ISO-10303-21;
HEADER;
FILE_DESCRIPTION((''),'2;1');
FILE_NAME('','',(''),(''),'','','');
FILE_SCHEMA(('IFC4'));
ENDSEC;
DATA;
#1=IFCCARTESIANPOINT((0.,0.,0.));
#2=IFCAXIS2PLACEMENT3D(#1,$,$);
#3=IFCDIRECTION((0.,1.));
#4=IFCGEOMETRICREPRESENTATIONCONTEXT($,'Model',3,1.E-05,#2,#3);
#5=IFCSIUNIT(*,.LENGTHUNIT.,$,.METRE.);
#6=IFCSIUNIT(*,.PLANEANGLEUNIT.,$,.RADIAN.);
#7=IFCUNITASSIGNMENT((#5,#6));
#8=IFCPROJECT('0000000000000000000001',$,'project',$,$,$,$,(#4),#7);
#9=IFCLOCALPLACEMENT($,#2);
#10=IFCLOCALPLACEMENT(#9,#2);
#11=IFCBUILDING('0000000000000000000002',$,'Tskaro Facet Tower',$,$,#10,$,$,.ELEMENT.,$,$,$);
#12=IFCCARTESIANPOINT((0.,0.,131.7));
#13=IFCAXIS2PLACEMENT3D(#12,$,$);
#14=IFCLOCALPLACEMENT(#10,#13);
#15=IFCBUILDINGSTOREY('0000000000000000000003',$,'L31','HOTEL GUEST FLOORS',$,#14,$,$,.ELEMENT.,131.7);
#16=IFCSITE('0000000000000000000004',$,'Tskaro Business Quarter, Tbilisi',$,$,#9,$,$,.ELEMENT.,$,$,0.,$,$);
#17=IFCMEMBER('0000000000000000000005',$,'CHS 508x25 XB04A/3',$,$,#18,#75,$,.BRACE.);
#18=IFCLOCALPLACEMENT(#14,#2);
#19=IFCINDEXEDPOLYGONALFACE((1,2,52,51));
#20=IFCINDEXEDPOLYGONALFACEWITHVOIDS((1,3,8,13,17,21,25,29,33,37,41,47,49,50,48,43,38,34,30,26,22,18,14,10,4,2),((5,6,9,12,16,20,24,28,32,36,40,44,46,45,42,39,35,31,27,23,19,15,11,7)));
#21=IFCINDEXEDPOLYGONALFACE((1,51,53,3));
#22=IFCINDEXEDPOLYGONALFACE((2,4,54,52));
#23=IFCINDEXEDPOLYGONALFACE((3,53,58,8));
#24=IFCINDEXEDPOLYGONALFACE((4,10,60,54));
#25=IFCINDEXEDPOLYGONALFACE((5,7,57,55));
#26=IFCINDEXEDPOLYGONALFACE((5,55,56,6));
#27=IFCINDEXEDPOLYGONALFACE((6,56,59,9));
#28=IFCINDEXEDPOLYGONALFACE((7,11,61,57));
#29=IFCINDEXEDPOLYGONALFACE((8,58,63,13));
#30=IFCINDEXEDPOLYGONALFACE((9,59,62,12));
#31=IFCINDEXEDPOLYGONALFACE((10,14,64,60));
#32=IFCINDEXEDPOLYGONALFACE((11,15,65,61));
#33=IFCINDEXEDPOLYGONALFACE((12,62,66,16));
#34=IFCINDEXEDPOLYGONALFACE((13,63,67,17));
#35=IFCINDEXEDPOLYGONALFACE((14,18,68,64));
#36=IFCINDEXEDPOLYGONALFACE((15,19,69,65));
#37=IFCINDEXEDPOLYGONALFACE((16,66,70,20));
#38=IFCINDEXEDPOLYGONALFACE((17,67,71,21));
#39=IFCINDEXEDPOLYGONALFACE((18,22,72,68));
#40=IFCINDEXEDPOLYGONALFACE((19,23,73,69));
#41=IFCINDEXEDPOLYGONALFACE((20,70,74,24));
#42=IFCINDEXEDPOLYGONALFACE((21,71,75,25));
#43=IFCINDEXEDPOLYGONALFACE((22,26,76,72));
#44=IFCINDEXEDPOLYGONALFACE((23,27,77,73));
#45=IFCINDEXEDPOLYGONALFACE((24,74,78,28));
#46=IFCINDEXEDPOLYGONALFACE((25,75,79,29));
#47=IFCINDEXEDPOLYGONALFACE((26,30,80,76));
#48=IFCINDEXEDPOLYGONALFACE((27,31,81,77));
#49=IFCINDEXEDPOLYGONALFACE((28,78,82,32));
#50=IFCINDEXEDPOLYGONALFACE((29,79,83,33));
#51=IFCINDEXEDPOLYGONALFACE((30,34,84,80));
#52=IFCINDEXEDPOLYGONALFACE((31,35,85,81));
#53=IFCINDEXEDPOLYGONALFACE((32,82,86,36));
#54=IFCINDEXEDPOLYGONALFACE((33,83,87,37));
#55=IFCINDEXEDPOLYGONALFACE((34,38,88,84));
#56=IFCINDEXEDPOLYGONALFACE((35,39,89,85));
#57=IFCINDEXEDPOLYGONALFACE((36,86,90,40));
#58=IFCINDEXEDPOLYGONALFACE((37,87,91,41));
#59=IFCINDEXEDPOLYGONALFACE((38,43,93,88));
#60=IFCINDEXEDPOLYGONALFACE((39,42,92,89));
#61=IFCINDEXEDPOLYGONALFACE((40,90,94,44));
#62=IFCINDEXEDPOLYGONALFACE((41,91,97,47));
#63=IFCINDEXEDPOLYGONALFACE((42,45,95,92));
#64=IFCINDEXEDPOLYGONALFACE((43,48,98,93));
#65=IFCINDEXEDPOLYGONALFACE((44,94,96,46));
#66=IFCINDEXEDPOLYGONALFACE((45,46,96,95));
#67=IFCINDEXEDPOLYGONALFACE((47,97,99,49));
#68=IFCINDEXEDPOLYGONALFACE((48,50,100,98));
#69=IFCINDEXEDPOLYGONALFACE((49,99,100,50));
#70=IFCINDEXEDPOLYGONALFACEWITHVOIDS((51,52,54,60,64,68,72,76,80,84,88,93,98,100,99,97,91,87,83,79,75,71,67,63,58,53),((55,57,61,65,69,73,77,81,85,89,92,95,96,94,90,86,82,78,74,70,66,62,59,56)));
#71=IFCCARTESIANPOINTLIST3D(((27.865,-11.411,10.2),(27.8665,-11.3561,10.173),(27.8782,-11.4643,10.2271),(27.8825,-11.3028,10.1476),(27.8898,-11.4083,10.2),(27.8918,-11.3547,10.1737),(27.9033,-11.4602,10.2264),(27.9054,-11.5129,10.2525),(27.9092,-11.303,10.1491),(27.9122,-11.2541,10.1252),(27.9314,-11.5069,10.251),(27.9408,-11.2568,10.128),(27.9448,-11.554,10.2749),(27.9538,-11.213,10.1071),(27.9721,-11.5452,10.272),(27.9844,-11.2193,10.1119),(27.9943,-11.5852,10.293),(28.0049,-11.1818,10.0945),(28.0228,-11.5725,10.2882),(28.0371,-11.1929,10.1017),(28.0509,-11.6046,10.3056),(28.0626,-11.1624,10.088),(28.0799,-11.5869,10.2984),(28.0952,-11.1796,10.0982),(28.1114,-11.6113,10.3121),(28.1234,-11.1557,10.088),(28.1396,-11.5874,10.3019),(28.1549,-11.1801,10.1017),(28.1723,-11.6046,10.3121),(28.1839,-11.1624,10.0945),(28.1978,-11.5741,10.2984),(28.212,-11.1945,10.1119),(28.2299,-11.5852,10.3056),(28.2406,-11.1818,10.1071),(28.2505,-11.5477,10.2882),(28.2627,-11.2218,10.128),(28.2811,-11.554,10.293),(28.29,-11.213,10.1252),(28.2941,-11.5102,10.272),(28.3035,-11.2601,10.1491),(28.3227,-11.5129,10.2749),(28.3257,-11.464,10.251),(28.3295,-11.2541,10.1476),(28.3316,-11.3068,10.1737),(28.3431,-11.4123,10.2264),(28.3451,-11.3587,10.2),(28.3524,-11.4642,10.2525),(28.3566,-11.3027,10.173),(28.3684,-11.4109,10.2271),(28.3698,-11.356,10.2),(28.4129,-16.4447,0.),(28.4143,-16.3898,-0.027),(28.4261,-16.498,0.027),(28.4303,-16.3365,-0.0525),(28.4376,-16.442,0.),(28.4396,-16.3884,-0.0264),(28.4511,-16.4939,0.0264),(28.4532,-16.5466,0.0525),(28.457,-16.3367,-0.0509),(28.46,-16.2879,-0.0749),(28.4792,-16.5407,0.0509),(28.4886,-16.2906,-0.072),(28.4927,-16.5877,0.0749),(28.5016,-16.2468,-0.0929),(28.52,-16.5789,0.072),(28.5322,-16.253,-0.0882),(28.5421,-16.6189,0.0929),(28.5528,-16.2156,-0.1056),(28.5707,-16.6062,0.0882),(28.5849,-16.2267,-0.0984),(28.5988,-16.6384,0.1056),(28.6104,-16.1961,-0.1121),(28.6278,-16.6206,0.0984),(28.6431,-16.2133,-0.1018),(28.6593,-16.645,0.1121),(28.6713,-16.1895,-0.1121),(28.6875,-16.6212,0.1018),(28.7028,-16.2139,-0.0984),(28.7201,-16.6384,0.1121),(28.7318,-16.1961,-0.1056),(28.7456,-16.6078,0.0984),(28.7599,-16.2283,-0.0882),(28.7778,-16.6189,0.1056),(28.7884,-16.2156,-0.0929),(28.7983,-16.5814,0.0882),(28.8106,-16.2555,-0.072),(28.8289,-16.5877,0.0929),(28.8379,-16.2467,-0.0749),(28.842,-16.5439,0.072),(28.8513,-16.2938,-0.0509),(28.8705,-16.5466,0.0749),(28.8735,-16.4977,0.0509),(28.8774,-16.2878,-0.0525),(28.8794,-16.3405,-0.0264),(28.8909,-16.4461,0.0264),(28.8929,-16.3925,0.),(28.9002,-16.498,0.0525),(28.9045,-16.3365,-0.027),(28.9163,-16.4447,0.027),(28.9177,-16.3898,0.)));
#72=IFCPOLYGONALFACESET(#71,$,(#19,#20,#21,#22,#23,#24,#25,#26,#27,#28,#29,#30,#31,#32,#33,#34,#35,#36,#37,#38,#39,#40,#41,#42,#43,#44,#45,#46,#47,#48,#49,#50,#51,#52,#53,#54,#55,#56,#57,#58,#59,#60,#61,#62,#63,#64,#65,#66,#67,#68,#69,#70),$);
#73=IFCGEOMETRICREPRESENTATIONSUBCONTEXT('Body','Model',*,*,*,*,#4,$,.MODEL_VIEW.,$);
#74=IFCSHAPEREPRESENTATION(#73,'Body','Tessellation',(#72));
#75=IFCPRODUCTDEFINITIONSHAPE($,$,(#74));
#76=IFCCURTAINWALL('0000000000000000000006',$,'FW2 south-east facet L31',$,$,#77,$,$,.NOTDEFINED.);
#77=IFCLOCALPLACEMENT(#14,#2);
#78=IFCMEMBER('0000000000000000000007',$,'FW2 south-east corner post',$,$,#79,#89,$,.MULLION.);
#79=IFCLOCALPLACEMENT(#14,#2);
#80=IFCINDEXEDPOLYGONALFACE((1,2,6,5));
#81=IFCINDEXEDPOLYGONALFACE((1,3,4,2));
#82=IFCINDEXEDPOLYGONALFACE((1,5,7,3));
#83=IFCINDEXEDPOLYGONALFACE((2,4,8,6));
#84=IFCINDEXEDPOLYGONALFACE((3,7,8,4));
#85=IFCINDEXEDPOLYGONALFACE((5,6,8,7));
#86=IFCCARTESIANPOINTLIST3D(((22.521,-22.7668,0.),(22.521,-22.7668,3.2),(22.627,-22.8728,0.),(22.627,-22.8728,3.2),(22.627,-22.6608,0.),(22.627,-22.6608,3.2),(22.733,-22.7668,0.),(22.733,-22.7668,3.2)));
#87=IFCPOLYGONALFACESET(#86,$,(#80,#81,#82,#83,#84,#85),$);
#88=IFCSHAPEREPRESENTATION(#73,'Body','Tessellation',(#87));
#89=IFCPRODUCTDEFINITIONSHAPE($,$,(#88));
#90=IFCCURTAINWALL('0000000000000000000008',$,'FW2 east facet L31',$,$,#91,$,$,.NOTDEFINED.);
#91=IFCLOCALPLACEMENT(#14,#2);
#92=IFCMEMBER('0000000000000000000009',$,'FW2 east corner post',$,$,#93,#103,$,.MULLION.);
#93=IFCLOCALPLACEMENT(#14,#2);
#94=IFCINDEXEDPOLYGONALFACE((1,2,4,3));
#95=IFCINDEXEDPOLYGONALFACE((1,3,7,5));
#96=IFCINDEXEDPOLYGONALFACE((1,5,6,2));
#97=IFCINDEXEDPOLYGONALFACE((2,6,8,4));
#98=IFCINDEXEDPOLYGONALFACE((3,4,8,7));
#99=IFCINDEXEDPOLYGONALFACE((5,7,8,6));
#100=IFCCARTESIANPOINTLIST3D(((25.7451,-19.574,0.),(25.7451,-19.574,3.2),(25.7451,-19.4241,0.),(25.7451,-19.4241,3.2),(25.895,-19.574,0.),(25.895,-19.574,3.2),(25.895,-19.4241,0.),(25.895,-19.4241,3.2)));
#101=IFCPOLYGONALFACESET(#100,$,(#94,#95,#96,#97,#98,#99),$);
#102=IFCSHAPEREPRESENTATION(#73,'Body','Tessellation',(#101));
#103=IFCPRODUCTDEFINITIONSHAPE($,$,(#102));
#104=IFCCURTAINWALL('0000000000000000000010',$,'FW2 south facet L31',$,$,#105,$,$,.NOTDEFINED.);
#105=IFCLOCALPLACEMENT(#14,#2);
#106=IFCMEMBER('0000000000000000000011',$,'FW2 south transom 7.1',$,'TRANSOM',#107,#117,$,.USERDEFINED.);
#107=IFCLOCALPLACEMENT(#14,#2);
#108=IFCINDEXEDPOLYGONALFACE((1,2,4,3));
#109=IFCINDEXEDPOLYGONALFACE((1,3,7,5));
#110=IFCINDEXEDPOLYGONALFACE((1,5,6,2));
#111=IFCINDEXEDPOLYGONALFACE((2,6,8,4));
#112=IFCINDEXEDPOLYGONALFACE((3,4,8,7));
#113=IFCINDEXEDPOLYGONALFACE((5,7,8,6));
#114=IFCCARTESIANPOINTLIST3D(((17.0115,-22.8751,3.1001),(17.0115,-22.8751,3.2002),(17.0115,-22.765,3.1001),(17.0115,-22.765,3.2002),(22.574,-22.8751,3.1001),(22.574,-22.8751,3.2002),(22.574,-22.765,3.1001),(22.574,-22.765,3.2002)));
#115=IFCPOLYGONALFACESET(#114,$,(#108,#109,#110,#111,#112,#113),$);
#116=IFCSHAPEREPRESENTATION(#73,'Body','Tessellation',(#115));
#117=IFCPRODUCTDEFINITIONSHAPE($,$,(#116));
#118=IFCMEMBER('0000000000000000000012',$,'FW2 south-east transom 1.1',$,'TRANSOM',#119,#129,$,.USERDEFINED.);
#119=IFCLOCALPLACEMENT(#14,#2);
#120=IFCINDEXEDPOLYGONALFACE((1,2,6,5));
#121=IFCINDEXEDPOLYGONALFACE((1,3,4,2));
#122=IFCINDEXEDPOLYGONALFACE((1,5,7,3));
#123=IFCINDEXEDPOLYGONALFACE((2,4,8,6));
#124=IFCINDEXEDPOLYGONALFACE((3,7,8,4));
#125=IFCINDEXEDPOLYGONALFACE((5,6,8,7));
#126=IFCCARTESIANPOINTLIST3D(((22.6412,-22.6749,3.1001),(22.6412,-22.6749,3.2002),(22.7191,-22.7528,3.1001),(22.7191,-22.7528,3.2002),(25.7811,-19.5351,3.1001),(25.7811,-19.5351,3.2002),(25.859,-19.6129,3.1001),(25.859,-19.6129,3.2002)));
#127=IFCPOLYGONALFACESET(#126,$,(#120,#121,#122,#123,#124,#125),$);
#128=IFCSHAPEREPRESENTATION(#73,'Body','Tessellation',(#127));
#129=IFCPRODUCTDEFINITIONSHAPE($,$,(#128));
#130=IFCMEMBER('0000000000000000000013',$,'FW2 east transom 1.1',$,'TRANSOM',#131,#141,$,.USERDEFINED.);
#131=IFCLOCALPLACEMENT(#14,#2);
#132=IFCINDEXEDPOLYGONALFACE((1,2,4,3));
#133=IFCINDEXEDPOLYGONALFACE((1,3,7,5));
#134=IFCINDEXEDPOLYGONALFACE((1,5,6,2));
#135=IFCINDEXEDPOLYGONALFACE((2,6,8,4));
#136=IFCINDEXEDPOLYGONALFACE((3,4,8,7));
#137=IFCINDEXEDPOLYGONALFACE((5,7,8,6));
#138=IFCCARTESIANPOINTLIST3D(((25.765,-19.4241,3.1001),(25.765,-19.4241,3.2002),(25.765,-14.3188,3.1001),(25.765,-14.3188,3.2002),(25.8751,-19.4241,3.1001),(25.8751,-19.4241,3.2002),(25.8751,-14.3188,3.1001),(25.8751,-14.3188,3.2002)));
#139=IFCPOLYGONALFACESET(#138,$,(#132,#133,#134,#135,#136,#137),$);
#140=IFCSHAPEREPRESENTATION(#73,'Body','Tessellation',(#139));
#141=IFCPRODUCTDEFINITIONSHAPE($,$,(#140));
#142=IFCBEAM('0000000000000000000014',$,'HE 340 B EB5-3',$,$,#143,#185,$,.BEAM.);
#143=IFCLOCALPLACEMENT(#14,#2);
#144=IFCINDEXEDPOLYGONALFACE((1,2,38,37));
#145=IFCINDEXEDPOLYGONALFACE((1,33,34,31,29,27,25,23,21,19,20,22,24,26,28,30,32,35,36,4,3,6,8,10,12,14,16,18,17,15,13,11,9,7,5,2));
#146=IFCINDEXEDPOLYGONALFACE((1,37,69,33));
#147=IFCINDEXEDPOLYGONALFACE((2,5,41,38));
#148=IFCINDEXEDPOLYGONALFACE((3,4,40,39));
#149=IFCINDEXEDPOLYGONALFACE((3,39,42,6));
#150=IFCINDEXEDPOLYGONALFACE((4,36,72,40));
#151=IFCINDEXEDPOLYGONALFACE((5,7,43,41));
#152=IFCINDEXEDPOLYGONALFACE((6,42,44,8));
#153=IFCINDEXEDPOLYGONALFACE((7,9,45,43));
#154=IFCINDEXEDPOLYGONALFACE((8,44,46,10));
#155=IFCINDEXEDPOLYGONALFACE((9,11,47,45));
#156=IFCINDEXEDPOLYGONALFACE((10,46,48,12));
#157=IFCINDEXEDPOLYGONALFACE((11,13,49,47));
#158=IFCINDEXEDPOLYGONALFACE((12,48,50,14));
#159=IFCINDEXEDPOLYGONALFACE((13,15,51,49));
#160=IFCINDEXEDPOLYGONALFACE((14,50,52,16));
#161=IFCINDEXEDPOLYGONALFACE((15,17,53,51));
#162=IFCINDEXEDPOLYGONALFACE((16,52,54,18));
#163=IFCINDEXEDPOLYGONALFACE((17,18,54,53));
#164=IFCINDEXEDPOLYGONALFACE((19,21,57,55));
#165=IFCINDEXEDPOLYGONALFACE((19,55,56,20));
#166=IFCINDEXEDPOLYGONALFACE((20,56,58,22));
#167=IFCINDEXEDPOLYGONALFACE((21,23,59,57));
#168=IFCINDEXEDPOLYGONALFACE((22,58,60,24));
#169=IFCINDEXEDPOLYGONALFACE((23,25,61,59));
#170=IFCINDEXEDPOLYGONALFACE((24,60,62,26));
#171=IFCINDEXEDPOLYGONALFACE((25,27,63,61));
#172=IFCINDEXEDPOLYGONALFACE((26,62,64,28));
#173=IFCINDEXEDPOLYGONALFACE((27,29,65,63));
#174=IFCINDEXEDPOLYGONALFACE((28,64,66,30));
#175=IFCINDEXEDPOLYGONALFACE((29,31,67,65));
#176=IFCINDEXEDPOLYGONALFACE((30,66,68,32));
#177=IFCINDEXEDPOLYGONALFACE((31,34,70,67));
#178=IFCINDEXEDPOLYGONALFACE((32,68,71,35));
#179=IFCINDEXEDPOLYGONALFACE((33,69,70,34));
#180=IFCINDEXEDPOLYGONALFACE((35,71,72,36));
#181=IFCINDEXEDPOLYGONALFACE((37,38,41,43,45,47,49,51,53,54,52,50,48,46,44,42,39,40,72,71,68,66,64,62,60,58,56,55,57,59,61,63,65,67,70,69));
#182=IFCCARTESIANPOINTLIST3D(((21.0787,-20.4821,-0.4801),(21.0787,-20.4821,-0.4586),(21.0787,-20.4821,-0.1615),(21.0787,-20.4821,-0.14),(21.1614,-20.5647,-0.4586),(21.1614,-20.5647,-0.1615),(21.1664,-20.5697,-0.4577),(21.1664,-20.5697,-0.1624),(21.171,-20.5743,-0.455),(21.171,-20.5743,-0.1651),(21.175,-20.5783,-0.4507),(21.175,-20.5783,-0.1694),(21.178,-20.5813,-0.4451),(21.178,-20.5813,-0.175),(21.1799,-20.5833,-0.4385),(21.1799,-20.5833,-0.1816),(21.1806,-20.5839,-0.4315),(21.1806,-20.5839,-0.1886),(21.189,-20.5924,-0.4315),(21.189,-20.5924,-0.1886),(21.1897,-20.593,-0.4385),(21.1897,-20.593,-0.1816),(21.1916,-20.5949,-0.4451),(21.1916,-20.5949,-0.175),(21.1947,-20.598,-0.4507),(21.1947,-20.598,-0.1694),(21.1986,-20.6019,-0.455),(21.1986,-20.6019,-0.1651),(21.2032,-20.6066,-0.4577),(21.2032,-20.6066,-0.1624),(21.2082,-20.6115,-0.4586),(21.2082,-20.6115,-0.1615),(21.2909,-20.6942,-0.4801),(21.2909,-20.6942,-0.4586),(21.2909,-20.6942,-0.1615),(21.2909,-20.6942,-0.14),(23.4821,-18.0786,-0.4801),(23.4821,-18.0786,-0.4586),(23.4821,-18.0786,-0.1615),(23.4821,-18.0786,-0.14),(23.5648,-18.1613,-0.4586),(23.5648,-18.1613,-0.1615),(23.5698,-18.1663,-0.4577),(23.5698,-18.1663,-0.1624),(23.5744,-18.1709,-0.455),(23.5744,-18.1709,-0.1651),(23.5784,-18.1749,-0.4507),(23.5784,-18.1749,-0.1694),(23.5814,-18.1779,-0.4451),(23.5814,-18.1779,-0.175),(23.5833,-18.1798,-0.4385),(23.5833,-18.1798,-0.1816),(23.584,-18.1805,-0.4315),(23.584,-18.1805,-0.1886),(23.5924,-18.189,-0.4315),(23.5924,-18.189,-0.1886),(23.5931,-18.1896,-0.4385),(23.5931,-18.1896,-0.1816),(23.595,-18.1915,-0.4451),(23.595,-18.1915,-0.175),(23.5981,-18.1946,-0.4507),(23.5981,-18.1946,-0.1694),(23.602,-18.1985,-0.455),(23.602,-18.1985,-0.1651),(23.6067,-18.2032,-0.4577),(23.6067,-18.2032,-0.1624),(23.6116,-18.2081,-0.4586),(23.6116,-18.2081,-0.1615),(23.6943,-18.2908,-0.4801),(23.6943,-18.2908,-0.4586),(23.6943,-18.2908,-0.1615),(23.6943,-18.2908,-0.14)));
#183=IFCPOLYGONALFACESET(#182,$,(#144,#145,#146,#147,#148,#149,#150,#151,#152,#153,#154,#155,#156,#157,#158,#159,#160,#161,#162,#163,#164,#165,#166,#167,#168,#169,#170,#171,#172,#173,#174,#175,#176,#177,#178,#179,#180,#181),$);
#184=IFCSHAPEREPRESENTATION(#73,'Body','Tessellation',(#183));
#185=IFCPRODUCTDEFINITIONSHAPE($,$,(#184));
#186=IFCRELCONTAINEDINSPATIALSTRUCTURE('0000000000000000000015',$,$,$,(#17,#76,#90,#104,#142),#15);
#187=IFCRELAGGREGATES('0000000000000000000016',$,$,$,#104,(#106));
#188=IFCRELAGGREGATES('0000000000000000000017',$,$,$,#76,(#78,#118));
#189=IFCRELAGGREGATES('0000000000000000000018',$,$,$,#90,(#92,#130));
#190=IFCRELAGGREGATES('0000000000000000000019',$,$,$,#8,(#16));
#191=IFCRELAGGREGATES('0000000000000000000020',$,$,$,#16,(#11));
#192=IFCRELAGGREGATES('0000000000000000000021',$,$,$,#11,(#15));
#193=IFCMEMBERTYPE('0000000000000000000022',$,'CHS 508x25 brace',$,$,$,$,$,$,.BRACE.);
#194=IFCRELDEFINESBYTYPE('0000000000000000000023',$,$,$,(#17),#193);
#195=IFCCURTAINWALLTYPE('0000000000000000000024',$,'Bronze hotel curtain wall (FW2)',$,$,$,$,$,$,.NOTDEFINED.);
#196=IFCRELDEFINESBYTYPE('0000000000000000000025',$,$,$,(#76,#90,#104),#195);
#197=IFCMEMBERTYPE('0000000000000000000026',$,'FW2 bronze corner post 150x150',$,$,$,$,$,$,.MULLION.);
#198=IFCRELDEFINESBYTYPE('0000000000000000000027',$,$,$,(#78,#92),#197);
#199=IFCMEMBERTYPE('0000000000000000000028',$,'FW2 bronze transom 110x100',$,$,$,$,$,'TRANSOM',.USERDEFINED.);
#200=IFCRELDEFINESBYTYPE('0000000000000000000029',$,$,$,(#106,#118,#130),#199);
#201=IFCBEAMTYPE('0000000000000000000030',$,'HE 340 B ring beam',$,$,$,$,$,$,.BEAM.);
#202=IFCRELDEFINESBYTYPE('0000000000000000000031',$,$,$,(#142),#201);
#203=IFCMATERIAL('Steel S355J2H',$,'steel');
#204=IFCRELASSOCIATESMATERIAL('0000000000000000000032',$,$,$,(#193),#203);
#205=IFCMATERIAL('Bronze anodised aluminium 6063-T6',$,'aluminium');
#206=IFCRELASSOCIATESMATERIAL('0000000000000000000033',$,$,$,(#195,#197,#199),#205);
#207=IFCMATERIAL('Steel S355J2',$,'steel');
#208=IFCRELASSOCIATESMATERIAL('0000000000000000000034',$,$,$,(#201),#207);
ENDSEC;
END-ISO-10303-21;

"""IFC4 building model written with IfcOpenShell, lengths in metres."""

from ifc_helpers import new_model, si_unit, direction, frame, origin, origin_2d, place, context, subcontext, project, spatial, rectangle, hollow_circle, i_section, extrude, material, material_profile, profile_set, type_object, element, aggregate, save


model = new_model("IFC4")

# Units and contexts
model_context = context("Model", 3, precision=1e-05, world=origin(), true_north=direction((0.0, 1.0)))
body_context = subcontext(model_context, "Body", "Model", "MODEL_VIEW")
ifc_project = project(units=[si_unit("LENGTHUNIT", "METRE"), si_unit("PLANEANGLEUNIT", "RADIAN")], contexts=[model_context])

# Site, building, storey
site_placement = place(None, origin())
site = spatial("IfcSite", under=ifc_project, at=site_placement, Name="Tskaro Business Quarter, Tbilisi", CompositionType="ELEMENT", RefElevation=0.0)
building_placement = place(site_placement, origin())
building = spatial("IfcBuilding", under=site, at=building_placement, Name="Tskaro Facet Tower", CompositionType="ELEMENT")
storey_placement = place(building_placement, frame((0.0, 0.0, 131.7)))
storey = spatial("IfcBuildingStorey", under=building, at=storey_placement, Name="L31", Description="HOTEL GUEST FLOORS", CompositionType="ELEMENT", Elevation=131.7)

# Shared definitions
ifc_material_1 = material(Name="Steel S355J2H", Category="steel")

# Member
ifc_material_profile_1 = material_profile(ifc_material_1, hollow_circle(Radius=0.2539, WallThickness=0.0249, at=origin_2d()), Name="CHS 508x25")
ifc_profile_set_1 = profile_set([ifc_material_profile_1], Name="Steel S355J2H")
member_type_1 = type_object("IfcMemberType", Name="CHS 508x25 brace", PredefinedType="BRACE", material=ifc_profile_set_1)
member_1_placement = place(storey_placement, frame((28.6653, -16.4172, 0.0), z_axis=(-0.04811, 0.442033, 0.895708), x_axis=(-0.994129, -0.108198, 0.0)))
element("IfcMember", 1, at=member_1_placement, inside=storey, type_object=member_type_1, Name="CHS 508x25 XB04A/3", PredefinedType="BRACE", context=body_context, shape_type="SweptSolid", body=[
    extrude(hollow_circle(Radius=0.2539, WallThickness=0.0249, at=origin_2d()), origin(), (0.0, 0.0, 1.0), 11.3877),
])

# Curtain walls, members
ifc_material_2 = material(Name="Bronze anodised aluminium 6063-T6", Category="aluminium")
curtain_wall_type = type_object("IfcCurtainWallType", Name="Bronze hotel curtain wall (FW2)", PredefinedType="NOTDEFINED", material=ifc_material_2)
curtain_wall_1_placement = place(storey_placement, origin())
curtain_wall_1 = element("IfcCurtainWall", 2, at=curtain_wall_1_placement, inside=storey, type_object=curtain_wall_type, Name="FW2 south-east facet L31", PredefinedType="NOTDEFINED")
ifc_material_profile_2 = material_profile(ifc_material_2, rectangle(XDim=0.1499, YDim=0.1499, at=origin_2d()), Name="Corner post 150x150")
ifc_profile_set_2 = profile_set([ifc_material_profile_2], Name="Bronze anodised aluminium 6063-T6")
member_type_2 = type_object("IfcMemberType", Name="FW2 bronze corner post 150x150", PredefinedType="MULLION", material=ifc_profile_set_2)
member_2_placement = place(storey_placement, frame((22.627, -22.7668, 0.0), z_axis=(0.0, 0.0, 1.0), x_axis=(0.707107, 0.707107, 0.0)))
member_2 = element("IfcMember", 3, at=member_2_placement, type_object=member_type_2, Name="FW2 south-east corner post", PredefinedType="MULLION", context=body_context, shape_type="SweptSolid", body=[
    extrude(rectangle(XDim=0.1499, YDim=0.1499, at=origin_2d()), origin(), (0.0, 0.0, 1.0), 3.2),
])
curtain_wall_2_placement = place(storey_placement, origin())
curtain_wall_2 = element("IfcCurtainWall", 4, at=curtain_wall_2_placement, inside=storey, type_object=curtain_wall_type, Name="FW2 east facet L31", PredefinedType="NOTDEFINED")
member_3_placement = place(storey_placement, frame((25.8201, -19.499, 0.0), z_axis=(0.0, 0.0, 1.0), x_axis=(0.0, 1.0, 0.0)))
member_3 = element("IfcMember", 5, at=member_3_placement, type_object=member_type_2, Name="FW2 east corner post", PredefinedType="MULLION", context=body_context, shape_type="SweptSolid", body=[
    extrude(rectangle(XDim=0.1499, YDim=0.1499, at=origin_2d()), origin(), (0.0, 0.0, 1.0), 3.2),
])
curtain_wall_3_placement = place(storey_placement, origin())
curtain_wall_3 = element("IfcCurtainWall", 6, at=curtain_wall_3_placement, inside=storey, type_object=curtain_wall_type, Name="FW2 south facet L31", PredefinedType="NOTDEFINED")
ifc_material_profile_3 = material_profile(ifc_material_2, rectangle(XDim=0.1101, YDim=0.1001, at=origin_2d()), Name="Transom 110x100")
ifc_profile_set_3 = profile_set([ifc_material_profile_3], Name="Bronze anodised aluminium 6063-T6")
member_type_3 = type_object("IfcMemberType", Name="FW2 bronze transom 110x100", ElementType="TRANSOM", PredefinedType="USERDEFINED", material=ifc_profile_set_3)
member_4_placement = place(storey_placement, frame((17.0115, -22.8201, 3.1501), z_axis=(1.0, 0.0, 0.0), x_axis=(0.0, 1.0, 0.0)))
member_4 = element("IfcMember", 7, at=member_4_placement, type_object=member_type_3, Name="FW2 south transom 7.1", ObjectType="TRANSOM", PredefinedType="USERDEFINED", context=body_context, shape_type="SweptSolid", body=[
    extrude(rectangle(XDim=0.1101, YDim=0.1001, at=origin_2d()), origin(), (0.0, 0.0, 1.0), 5.5625),
])

# Members
member_5_placement = place(storey_placement, frame((22.6802, -22.7139, 3.1501), z_axis=(0.707107, 0.707107, 0.0), x_axis=(-0.707107, 0.707107, 0.0)))
member_5 = element("IfcMember", 8, at=member_5_placement, type_object=member_type_3, Name="FW2 south-east transom 1.1", ObjectType="TRANSOM", PredefinedType="USERDEFINED", context=body_context, shape_type="SweptSolid", body=[
    extrude(rectangle(XDim=0.1101, YDim=0.1001, at=origin_2d()), origin(), (0.0, 0.0, 1.0), 4.4404),
])
member_6_placement = place(storey_placement, frame((25.8201, -19.4241, 3.1501), z_axis=(0.0, 1.0, 0.0), x_axis=(-1.0, 0.0, 0.0)))
member_6 = element("IfcMember", 9, at=member_6_placement, type_object=member_type_3, Name="FW2 east transom 1.1", ObjectType="TRANSOM", PredefinedType="USERDEFINED", context=body_context, shape_type="SweptSolid", body=[
    extrude(rectangle(XDim=0.1101, YDim=0.1001, at=origin_2d()), origin(), (0.0, 0.0, 1.0), 5.1052),
])

# Beam
ifc_material_3 = material(Name="Steel S355J2", Category="steel")
ifc_material_profile_4 = material_profile(ifc_material_3, i_section(OverallWidth=0.3, OverallDepth=0.3401, WebThickness=0.012, FlangeThickness=0.0215, FilletRadius=0.0271, at=origin_2d()), Name="HE 340 B")
ifc_profile_set_4 = profile_set([ifc_material_profile_4], Name="Steel S355J2")
beam_type_1 = type_object("IfcBeamType", Name="HE 340 B ring beam", PredefinedType="BEAM", material=ifc_profile_set_4)
beam_1_placement = place(storey_placement, frame((21.1848, -20.5881, -0.3101), z_axis=(0.707107, 0.707107, 0.0), x_axis=(-0.707107, 0.707107, 0.0)))
element("IfcBeam", 10, at=beam_1_placement, inside=storey, type_object=beam_type_1, Name="HE 340 B EB5-3", PredefinedType="BEAM", context=body_context, shape_type="SweptSolid", body=[
    extrude(i_section(OverallWidth=0.3, OverallDepth=0.3401, WebThickness=0.012, FlangeThickness=0.0215, FilletRadius=0.0271, at=origin_2d()), origin(), (0.0, 0.0, 1.0), 3.3989),
])

aggregate(curtain_wall_3, [member_4])
aggregate(curtain_wall_1, [member_2, member_5])
aggregate(curtain_wall_2, [member_3, member_6])

save(model, "model.ifc")
